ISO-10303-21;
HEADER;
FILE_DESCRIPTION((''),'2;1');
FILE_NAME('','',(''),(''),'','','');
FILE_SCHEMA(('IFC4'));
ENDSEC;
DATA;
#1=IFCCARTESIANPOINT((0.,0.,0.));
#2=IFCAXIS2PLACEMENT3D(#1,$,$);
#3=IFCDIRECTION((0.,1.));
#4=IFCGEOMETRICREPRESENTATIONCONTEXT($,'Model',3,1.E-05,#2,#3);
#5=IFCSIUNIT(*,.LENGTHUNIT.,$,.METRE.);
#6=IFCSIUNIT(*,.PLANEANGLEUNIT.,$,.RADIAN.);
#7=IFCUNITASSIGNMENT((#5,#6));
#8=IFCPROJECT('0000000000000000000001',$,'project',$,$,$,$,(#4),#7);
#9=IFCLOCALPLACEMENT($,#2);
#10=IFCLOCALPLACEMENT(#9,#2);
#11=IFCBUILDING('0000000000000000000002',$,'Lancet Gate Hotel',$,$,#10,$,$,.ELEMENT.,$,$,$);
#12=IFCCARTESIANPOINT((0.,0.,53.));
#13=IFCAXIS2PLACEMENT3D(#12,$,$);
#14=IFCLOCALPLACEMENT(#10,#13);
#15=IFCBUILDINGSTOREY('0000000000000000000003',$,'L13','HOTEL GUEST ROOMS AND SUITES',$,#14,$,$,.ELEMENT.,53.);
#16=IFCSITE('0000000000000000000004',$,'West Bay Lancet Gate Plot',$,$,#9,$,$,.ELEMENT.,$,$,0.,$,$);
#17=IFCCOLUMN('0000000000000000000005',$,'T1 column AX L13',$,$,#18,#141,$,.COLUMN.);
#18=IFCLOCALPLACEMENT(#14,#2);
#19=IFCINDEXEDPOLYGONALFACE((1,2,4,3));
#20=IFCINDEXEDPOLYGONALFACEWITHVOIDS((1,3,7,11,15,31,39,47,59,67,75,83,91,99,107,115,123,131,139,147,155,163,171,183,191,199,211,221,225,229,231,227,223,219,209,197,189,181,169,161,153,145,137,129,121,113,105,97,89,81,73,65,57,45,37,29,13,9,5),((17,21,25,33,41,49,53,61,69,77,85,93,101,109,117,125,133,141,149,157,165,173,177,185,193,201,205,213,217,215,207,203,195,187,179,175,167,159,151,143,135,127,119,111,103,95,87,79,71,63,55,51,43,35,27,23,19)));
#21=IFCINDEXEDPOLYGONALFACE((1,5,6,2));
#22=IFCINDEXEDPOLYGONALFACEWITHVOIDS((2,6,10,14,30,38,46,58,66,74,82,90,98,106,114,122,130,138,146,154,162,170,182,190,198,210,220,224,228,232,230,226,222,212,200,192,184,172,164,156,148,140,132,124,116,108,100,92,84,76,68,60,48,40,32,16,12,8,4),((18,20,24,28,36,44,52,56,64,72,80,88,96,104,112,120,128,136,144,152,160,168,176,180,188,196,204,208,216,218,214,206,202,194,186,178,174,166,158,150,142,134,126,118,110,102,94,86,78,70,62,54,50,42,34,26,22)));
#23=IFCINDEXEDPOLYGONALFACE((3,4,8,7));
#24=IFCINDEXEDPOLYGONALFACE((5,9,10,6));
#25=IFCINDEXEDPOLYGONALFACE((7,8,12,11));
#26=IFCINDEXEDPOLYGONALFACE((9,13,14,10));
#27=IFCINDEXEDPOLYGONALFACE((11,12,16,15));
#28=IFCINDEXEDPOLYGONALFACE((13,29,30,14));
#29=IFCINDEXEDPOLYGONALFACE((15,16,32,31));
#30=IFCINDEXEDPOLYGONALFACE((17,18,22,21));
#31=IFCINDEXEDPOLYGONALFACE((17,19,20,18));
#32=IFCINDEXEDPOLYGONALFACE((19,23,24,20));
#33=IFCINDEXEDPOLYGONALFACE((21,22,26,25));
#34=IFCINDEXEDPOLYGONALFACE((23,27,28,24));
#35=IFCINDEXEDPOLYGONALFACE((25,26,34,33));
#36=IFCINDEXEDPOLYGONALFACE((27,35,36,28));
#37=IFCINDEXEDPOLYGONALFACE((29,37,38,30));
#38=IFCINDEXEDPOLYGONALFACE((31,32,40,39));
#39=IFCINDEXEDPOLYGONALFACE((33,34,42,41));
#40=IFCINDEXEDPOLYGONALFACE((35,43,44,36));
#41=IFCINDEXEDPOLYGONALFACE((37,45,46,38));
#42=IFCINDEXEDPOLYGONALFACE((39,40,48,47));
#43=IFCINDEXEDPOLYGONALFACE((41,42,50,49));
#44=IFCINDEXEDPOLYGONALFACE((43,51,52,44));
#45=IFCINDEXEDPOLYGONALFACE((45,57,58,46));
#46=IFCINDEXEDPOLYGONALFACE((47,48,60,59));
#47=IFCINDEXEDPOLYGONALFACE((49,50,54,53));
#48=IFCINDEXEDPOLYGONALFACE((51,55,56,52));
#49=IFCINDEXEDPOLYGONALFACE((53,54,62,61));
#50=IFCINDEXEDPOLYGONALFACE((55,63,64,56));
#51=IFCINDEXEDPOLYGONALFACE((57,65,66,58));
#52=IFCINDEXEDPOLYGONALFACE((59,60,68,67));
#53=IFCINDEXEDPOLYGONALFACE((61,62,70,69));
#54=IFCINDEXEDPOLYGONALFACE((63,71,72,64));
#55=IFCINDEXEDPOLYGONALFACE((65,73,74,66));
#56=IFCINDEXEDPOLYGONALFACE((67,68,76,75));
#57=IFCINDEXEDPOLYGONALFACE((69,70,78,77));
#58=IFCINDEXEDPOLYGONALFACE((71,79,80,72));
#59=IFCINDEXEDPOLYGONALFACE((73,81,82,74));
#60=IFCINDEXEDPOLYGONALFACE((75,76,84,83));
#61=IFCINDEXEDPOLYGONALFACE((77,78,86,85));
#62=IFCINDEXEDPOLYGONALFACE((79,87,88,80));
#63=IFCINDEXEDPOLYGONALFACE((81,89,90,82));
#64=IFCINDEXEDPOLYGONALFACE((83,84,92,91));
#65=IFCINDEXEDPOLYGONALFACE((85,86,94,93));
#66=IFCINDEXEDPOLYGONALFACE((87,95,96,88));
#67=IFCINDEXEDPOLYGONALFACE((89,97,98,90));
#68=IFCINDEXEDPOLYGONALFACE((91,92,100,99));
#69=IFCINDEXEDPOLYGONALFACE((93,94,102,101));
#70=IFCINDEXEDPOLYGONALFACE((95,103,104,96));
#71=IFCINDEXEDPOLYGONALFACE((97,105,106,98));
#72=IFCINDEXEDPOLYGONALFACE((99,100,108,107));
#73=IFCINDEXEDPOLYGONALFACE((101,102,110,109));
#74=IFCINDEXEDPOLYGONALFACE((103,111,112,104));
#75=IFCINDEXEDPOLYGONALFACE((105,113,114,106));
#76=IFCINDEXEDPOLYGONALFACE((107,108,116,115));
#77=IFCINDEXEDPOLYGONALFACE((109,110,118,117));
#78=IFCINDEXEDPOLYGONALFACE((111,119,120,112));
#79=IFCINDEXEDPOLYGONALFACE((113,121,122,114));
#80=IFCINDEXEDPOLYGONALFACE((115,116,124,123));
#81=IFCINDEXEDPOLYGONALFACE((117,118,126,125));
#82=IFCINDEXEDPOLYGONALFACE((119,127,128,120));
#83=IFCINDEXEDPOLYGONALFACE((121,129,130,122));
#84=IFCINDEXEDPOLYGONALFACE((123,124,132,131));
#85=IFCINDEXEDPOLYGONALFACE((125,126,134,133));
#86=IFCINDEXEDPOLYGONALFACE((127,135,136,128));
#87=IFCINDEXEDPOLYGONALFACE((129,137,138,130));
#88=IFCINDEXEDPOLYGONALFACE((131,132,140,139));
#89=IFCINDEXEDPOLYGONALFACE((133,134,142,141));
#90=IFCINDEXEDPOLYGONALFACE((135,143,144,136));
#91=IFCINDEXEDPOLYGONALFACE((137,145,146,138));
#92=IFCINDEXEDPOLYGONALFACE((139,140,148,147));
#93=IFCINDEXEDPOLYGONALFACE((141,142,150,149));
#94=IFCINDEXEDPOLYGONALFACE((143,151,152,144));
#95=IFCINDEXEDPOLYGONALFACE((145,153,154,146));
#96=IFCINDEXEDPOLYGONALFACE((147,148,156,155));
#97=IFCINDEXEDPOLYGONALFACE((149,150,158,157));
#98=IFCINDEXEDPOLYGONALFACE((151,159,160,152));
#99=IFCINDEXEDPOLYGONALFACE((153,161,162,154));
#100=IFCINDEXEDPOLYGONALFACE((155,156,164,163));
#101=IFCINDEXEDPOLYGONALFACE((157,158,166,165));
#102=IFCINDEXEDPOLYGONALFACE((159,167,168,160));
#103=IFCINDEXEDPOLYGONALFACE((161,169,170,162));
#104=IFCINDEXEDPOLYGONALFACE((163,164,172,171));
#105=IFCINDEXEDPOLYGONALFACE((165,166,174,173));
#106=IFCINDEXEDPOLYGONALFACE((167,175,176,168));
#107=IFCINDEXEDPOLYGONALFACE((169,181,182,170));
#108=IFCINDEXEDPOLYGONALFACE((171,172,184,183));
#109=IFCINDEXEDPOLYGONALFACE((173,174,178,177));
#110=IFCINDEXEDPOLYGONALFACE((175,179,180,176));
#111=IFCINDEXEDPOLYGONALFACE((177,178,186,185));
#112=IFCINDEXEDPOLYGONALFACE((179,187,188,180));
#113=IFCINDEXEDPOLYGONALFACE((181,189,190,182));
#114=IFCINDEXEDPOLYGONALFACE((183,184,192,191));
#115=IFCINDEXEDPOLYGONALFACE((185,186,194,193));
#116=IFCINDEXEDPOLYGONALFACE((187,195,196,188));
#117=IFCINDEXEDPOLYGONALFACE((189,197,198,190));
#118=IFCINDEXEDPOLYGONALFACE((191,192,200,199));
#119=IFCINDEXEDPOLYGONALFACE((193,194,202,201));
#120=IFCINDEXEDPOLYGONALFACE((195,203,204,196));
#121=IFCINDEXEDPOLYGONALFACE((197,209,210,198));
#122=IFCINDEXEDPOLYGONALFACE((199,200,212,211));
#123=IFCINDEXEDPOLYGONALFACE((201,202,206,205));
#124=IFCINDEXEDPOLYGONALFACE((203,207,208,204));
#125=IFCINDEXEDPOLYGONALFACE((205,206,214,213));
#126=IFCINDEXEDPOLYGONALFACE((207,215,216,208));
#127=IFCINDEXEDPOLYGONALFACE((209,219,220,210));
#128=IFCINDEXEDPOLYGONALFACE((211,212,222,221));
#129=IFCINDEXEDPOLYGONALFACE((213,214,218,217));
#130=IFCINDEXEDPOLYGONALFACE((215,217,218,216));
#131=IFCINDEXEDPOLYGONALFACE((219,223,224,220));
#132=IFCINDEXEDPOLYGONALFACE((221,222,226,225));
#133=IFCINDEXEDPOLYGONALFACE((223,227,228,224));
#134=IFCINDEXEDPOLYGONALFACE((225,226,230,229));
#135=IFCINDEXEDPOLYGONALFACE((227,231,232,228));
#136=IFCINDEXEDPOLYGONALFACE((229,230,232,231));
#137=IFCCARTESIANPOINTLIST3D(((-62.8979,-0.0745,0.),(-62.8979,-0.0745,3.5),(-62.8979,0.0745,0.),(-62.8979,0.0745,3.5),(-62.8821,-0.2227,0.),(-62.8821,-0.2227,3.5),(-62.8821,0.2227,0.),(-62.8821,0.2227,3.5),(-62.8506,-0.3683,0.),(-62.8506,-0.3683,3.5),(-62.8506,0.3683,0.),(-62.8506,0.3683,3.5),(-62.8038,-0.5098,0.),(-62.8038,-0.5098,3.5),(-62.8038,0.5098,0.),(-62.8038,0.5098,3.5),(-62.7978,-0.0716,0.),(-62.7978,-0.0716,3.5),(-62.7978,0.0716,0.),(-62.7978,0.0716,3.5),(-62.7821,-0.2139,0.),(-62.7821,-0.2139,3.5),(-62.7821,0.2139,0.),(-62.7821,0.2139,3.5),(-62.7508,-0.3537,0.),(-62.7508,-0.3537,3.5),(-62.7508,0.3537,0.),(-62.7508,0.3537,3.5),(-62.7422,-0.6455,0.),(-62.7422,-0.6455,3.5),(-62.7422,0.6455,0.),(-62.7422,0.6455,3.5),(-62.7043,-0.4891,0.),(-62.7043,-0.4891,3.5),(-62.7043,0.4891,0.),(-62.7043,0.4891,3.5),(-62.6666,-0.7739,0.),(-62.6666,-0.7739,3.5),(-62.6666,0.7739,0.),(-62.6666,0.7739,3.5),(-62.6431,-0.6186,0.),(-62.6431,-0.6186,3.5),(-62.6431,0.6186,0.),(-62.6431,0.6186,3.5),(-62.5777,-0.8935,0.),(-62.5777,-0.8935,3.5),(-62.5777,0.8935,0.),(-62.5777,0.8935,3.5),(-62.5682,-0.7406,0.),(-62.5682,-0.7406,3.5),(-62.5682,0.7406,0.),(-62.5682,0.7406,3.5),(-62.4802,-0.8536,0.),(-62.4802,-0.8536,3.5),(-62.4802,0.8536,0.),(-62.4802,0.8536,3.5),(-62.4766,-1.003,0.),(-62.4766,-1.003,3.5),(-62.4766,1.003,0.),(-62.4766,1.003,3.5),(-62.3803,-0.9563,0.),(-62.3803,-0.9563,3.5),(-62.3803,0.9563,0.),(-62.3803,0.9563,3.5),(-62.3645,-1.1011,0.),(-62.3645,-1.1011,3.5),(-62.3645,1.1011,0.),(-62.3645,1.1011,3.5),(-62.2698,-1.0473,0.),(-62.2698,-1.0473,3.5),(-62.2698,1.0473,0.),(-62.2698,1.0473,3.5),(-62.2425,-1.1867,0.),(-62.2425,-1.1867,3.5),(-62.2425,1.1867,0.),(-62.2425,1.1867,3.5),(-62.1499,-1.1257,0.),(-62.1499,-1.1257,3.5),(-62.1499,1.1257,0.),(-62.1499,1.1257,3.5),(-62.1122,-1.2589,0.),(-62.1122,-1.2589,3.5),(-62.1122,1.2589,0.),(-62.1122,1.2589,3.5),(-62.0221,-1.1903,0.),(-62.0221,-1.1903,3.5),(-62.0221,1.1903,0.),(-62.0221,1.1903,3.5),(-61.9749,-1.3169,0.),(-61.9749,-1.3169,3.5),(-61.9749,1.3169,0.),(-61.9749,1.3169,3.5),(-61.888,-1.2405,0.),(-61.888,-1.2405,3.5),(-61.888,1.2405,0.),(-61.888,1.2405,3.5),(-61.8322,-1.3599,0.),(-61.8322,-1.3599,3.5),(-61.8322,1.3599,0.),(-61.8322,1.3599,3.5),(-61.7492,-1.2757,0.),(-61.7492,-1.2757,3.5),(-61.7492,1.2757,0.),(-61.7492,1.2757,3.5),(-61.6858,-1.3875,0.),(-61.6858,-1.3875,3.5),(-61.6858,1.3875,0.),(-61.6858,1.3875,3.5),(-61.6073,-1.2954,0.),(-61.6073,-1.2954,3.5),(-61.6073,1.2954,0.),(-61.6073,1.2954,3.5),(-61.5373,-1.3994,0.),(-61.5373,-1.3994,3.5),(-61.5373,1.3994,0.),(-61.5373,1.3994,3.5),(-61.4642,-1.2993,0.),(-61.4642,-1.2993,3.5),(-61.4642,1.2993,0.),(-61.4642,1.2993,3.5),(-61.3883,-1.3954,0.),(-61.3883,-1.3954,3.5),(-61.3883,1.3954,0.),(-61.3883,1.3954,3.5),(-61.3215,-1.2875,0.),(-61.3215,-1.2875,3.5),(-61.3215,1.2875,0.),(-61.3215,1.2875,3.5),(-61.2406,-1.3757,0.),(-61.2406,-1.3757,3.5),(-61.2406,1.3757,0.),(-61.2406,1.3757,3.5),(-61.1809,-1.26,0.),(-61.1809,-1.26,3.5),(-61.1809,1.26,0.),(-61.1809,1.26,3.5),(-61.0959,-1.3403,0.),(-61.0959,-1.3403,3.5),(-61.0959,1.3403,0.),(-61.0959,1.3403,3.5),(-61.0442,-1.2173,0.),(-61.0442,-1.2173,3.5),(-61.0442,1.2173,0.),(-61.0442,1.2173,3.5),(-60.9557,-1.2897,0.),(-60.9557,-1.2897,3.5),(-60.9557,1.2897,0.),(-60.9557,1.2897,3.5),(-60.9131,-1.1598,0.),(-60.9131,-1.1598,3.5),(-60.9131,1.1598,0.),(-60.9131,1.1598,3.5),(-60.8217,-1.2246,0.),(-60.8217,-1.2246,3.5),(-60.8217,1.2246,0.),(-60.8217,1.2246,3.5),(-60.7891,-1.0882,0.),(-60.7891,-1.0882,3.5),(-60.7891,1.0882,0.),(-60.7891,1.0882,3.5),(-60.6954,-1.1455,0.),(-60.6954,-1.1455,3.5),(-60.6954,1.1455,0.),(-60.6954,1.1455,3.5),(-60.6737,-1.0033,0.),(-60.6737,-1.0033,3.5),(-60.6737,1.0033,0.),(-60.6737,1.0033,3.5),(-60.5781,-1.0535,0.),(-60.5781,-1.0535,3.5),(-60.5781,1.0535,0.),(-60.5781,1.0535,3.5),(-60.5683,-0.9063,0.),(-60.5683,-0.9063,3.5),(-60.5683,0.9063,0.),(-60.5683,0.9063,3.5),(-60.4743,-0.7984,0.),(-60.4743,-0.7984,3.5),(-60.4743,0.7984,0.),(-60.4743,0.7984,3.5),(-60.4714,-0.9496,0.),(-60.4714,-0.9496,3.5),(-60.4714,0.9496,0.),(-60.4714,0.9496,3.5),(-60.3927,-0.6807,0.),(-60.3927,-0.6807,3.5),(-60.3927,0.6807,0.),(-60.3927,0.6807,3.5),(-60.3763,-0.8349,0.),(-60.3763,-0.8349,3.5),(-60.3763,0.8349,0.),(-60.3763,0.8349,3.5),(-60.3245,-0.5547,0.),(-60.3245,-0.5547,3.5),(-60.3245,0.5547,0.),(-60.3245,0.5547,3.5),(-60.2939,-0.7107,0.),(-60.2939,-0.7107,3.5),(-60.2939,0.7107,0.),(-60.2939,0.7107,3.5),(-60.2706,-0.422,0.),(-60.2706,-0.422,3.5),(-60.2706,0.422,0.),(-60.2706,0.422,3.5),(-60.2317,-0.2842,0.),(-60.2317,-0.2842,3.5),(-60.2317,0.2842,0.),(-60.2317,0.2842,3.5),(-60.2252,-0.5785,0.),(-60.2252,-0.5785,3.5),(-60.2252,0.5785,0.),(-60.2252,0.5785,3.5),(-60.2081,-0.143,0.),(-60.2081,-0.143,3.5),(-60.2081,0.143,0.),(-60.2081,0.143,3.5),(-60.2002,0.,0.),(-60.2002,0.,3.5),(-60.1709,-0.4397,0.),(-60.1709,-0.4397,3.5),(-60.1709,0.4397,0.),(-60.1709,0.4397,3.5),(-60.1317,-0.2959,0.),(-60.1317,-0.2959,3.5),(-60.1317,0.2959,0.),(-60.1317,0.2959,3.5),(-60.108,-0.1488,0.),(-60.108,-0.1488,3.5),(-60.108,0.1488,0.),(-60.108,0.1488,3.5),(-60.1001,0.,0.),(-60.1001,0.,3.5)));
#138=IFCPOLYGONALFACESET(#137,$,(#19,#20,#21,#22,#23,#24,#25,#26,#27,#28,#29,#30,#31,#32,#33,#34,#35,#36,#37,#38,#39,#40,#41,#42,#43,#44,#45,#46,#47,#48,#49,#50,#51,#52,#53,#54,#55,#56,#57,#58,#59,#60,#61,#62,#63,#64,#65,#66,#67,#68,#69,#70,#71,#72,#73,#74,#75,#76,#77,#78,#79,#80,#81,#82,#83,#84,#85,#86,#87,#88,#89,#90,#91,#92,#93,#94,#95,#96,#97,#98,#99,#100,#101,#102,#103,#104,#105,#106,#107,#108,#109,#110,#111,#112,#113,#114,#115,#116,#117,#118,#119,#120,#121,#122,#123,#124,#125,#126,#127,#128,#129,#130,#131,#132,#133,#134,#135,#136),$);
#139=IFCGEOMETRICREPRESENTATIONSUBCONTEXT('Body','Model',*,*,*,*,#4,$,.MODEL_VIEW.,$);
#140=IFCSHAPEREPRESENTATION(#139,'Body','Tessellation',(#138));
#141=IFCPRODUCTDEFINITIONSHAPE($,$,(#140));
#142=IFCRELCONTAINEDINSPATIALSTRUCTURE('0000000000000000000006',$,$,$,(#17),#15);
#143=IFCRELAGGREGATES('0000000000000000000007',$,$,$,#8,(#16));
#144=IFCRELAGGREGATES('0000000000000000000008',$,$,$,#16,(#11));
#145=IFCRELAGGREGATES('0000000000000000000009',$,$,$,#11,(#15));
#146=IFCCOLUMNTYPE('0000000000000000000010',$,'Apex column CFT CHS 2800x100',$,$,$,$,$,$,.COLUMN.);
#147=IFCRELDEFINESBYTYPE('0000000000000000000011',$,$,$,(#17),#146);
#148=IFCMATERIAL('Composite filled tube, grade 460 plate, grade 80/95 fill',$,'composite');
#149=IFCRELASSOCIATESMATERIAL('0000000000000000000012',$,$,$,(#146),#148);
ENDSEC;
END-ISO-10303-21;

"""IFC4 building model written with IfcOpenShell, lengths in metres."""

from ifc_helpers import new_model, si_unit, direction, frame, origin, origin_2d, place, context, subcontext, project, spatial, hollow_circle, extrude, material, material_profile, profile_set, type_object, element, save


model = new_model("IFC4")

# Units and contexts
model_context = context("Model", 3, precision=1e-05, world=origin(), true_north=direction((0.0, 1.0)))
body_context = subcontext(model_context, "Body", "Model", "MODEL_VIEW")
ifc_project = project(units=[si_unit("LENGTHUNIT", "METRE"), si_unit("PLANEANGLEUNIT", "RADIAN")], contexts=[model_context])

# Site, building, storey
site_placement = place(None, origin())
site = spatial("IfcSite", under=ifc_project, at=site_placement, Name="West Bay Lancet Gate Plot", CompositionType="ELEMENT", RefElevation=0.0)
building_placement = place(site_placement, origin())
building = spatial("IfcBuilding", under=site, at=building_placement, Name="Lancet Gate Hotel", CompositionType="ELEMENT")
storey_placement = place(building_placement, frame((0.0, 0.0, 53.0)))
storey = spatial("IfcBuildingStorey", under=building, at=storey_placement, Name="L13", Description="HOTEL GUEST ROOMS AND SUITES", CompositionType="ELEMENT", Elevation=53.0)

# Column
ifc_material_1 = material(Name="Composite filled tube, grade 460 plate, grade 80/95 fill", Category="composite")
ifc_material_profile_1 = material_profile(ifc_material_1, hollow_circle(Radius=1.3999, WallThickness=0.1001, at=origin_2d()), Name="CHS 2800x100")
ifc_profile_set_1 = profile_set([ifc_material_profile_1], Name="Composite filled tube, grade 460 plate, grade 80/95 fill")
column_type_1 = type_object("IfcColumnType", Name="Apex column CFT CHS 2800x100", PredefinedType="COLUMN", material=ifc_profile_set_1)
column_1_placement = place(storey_placement, frame((-61.5, 0.0, 0.0), z_axis=(0.0, 0.0, 1.0), x_axis=(1.0, 0.0, 0.0)))
element("IfcColumn", 1, at=column_1_placement, inside=storey, type_object=column_type_1, Name="T1 column AX L13", PredefinedType="COLUMN", context=body_context, shape_type="SweptSolid", body=[
    extrude(hollow_circle(Radius=1.3999, WallThickness=0.1001, at=origin_2d()), origin(), (0.0, 0.0, 1.0), 3.5),
])

save(model, "model.ifc")
